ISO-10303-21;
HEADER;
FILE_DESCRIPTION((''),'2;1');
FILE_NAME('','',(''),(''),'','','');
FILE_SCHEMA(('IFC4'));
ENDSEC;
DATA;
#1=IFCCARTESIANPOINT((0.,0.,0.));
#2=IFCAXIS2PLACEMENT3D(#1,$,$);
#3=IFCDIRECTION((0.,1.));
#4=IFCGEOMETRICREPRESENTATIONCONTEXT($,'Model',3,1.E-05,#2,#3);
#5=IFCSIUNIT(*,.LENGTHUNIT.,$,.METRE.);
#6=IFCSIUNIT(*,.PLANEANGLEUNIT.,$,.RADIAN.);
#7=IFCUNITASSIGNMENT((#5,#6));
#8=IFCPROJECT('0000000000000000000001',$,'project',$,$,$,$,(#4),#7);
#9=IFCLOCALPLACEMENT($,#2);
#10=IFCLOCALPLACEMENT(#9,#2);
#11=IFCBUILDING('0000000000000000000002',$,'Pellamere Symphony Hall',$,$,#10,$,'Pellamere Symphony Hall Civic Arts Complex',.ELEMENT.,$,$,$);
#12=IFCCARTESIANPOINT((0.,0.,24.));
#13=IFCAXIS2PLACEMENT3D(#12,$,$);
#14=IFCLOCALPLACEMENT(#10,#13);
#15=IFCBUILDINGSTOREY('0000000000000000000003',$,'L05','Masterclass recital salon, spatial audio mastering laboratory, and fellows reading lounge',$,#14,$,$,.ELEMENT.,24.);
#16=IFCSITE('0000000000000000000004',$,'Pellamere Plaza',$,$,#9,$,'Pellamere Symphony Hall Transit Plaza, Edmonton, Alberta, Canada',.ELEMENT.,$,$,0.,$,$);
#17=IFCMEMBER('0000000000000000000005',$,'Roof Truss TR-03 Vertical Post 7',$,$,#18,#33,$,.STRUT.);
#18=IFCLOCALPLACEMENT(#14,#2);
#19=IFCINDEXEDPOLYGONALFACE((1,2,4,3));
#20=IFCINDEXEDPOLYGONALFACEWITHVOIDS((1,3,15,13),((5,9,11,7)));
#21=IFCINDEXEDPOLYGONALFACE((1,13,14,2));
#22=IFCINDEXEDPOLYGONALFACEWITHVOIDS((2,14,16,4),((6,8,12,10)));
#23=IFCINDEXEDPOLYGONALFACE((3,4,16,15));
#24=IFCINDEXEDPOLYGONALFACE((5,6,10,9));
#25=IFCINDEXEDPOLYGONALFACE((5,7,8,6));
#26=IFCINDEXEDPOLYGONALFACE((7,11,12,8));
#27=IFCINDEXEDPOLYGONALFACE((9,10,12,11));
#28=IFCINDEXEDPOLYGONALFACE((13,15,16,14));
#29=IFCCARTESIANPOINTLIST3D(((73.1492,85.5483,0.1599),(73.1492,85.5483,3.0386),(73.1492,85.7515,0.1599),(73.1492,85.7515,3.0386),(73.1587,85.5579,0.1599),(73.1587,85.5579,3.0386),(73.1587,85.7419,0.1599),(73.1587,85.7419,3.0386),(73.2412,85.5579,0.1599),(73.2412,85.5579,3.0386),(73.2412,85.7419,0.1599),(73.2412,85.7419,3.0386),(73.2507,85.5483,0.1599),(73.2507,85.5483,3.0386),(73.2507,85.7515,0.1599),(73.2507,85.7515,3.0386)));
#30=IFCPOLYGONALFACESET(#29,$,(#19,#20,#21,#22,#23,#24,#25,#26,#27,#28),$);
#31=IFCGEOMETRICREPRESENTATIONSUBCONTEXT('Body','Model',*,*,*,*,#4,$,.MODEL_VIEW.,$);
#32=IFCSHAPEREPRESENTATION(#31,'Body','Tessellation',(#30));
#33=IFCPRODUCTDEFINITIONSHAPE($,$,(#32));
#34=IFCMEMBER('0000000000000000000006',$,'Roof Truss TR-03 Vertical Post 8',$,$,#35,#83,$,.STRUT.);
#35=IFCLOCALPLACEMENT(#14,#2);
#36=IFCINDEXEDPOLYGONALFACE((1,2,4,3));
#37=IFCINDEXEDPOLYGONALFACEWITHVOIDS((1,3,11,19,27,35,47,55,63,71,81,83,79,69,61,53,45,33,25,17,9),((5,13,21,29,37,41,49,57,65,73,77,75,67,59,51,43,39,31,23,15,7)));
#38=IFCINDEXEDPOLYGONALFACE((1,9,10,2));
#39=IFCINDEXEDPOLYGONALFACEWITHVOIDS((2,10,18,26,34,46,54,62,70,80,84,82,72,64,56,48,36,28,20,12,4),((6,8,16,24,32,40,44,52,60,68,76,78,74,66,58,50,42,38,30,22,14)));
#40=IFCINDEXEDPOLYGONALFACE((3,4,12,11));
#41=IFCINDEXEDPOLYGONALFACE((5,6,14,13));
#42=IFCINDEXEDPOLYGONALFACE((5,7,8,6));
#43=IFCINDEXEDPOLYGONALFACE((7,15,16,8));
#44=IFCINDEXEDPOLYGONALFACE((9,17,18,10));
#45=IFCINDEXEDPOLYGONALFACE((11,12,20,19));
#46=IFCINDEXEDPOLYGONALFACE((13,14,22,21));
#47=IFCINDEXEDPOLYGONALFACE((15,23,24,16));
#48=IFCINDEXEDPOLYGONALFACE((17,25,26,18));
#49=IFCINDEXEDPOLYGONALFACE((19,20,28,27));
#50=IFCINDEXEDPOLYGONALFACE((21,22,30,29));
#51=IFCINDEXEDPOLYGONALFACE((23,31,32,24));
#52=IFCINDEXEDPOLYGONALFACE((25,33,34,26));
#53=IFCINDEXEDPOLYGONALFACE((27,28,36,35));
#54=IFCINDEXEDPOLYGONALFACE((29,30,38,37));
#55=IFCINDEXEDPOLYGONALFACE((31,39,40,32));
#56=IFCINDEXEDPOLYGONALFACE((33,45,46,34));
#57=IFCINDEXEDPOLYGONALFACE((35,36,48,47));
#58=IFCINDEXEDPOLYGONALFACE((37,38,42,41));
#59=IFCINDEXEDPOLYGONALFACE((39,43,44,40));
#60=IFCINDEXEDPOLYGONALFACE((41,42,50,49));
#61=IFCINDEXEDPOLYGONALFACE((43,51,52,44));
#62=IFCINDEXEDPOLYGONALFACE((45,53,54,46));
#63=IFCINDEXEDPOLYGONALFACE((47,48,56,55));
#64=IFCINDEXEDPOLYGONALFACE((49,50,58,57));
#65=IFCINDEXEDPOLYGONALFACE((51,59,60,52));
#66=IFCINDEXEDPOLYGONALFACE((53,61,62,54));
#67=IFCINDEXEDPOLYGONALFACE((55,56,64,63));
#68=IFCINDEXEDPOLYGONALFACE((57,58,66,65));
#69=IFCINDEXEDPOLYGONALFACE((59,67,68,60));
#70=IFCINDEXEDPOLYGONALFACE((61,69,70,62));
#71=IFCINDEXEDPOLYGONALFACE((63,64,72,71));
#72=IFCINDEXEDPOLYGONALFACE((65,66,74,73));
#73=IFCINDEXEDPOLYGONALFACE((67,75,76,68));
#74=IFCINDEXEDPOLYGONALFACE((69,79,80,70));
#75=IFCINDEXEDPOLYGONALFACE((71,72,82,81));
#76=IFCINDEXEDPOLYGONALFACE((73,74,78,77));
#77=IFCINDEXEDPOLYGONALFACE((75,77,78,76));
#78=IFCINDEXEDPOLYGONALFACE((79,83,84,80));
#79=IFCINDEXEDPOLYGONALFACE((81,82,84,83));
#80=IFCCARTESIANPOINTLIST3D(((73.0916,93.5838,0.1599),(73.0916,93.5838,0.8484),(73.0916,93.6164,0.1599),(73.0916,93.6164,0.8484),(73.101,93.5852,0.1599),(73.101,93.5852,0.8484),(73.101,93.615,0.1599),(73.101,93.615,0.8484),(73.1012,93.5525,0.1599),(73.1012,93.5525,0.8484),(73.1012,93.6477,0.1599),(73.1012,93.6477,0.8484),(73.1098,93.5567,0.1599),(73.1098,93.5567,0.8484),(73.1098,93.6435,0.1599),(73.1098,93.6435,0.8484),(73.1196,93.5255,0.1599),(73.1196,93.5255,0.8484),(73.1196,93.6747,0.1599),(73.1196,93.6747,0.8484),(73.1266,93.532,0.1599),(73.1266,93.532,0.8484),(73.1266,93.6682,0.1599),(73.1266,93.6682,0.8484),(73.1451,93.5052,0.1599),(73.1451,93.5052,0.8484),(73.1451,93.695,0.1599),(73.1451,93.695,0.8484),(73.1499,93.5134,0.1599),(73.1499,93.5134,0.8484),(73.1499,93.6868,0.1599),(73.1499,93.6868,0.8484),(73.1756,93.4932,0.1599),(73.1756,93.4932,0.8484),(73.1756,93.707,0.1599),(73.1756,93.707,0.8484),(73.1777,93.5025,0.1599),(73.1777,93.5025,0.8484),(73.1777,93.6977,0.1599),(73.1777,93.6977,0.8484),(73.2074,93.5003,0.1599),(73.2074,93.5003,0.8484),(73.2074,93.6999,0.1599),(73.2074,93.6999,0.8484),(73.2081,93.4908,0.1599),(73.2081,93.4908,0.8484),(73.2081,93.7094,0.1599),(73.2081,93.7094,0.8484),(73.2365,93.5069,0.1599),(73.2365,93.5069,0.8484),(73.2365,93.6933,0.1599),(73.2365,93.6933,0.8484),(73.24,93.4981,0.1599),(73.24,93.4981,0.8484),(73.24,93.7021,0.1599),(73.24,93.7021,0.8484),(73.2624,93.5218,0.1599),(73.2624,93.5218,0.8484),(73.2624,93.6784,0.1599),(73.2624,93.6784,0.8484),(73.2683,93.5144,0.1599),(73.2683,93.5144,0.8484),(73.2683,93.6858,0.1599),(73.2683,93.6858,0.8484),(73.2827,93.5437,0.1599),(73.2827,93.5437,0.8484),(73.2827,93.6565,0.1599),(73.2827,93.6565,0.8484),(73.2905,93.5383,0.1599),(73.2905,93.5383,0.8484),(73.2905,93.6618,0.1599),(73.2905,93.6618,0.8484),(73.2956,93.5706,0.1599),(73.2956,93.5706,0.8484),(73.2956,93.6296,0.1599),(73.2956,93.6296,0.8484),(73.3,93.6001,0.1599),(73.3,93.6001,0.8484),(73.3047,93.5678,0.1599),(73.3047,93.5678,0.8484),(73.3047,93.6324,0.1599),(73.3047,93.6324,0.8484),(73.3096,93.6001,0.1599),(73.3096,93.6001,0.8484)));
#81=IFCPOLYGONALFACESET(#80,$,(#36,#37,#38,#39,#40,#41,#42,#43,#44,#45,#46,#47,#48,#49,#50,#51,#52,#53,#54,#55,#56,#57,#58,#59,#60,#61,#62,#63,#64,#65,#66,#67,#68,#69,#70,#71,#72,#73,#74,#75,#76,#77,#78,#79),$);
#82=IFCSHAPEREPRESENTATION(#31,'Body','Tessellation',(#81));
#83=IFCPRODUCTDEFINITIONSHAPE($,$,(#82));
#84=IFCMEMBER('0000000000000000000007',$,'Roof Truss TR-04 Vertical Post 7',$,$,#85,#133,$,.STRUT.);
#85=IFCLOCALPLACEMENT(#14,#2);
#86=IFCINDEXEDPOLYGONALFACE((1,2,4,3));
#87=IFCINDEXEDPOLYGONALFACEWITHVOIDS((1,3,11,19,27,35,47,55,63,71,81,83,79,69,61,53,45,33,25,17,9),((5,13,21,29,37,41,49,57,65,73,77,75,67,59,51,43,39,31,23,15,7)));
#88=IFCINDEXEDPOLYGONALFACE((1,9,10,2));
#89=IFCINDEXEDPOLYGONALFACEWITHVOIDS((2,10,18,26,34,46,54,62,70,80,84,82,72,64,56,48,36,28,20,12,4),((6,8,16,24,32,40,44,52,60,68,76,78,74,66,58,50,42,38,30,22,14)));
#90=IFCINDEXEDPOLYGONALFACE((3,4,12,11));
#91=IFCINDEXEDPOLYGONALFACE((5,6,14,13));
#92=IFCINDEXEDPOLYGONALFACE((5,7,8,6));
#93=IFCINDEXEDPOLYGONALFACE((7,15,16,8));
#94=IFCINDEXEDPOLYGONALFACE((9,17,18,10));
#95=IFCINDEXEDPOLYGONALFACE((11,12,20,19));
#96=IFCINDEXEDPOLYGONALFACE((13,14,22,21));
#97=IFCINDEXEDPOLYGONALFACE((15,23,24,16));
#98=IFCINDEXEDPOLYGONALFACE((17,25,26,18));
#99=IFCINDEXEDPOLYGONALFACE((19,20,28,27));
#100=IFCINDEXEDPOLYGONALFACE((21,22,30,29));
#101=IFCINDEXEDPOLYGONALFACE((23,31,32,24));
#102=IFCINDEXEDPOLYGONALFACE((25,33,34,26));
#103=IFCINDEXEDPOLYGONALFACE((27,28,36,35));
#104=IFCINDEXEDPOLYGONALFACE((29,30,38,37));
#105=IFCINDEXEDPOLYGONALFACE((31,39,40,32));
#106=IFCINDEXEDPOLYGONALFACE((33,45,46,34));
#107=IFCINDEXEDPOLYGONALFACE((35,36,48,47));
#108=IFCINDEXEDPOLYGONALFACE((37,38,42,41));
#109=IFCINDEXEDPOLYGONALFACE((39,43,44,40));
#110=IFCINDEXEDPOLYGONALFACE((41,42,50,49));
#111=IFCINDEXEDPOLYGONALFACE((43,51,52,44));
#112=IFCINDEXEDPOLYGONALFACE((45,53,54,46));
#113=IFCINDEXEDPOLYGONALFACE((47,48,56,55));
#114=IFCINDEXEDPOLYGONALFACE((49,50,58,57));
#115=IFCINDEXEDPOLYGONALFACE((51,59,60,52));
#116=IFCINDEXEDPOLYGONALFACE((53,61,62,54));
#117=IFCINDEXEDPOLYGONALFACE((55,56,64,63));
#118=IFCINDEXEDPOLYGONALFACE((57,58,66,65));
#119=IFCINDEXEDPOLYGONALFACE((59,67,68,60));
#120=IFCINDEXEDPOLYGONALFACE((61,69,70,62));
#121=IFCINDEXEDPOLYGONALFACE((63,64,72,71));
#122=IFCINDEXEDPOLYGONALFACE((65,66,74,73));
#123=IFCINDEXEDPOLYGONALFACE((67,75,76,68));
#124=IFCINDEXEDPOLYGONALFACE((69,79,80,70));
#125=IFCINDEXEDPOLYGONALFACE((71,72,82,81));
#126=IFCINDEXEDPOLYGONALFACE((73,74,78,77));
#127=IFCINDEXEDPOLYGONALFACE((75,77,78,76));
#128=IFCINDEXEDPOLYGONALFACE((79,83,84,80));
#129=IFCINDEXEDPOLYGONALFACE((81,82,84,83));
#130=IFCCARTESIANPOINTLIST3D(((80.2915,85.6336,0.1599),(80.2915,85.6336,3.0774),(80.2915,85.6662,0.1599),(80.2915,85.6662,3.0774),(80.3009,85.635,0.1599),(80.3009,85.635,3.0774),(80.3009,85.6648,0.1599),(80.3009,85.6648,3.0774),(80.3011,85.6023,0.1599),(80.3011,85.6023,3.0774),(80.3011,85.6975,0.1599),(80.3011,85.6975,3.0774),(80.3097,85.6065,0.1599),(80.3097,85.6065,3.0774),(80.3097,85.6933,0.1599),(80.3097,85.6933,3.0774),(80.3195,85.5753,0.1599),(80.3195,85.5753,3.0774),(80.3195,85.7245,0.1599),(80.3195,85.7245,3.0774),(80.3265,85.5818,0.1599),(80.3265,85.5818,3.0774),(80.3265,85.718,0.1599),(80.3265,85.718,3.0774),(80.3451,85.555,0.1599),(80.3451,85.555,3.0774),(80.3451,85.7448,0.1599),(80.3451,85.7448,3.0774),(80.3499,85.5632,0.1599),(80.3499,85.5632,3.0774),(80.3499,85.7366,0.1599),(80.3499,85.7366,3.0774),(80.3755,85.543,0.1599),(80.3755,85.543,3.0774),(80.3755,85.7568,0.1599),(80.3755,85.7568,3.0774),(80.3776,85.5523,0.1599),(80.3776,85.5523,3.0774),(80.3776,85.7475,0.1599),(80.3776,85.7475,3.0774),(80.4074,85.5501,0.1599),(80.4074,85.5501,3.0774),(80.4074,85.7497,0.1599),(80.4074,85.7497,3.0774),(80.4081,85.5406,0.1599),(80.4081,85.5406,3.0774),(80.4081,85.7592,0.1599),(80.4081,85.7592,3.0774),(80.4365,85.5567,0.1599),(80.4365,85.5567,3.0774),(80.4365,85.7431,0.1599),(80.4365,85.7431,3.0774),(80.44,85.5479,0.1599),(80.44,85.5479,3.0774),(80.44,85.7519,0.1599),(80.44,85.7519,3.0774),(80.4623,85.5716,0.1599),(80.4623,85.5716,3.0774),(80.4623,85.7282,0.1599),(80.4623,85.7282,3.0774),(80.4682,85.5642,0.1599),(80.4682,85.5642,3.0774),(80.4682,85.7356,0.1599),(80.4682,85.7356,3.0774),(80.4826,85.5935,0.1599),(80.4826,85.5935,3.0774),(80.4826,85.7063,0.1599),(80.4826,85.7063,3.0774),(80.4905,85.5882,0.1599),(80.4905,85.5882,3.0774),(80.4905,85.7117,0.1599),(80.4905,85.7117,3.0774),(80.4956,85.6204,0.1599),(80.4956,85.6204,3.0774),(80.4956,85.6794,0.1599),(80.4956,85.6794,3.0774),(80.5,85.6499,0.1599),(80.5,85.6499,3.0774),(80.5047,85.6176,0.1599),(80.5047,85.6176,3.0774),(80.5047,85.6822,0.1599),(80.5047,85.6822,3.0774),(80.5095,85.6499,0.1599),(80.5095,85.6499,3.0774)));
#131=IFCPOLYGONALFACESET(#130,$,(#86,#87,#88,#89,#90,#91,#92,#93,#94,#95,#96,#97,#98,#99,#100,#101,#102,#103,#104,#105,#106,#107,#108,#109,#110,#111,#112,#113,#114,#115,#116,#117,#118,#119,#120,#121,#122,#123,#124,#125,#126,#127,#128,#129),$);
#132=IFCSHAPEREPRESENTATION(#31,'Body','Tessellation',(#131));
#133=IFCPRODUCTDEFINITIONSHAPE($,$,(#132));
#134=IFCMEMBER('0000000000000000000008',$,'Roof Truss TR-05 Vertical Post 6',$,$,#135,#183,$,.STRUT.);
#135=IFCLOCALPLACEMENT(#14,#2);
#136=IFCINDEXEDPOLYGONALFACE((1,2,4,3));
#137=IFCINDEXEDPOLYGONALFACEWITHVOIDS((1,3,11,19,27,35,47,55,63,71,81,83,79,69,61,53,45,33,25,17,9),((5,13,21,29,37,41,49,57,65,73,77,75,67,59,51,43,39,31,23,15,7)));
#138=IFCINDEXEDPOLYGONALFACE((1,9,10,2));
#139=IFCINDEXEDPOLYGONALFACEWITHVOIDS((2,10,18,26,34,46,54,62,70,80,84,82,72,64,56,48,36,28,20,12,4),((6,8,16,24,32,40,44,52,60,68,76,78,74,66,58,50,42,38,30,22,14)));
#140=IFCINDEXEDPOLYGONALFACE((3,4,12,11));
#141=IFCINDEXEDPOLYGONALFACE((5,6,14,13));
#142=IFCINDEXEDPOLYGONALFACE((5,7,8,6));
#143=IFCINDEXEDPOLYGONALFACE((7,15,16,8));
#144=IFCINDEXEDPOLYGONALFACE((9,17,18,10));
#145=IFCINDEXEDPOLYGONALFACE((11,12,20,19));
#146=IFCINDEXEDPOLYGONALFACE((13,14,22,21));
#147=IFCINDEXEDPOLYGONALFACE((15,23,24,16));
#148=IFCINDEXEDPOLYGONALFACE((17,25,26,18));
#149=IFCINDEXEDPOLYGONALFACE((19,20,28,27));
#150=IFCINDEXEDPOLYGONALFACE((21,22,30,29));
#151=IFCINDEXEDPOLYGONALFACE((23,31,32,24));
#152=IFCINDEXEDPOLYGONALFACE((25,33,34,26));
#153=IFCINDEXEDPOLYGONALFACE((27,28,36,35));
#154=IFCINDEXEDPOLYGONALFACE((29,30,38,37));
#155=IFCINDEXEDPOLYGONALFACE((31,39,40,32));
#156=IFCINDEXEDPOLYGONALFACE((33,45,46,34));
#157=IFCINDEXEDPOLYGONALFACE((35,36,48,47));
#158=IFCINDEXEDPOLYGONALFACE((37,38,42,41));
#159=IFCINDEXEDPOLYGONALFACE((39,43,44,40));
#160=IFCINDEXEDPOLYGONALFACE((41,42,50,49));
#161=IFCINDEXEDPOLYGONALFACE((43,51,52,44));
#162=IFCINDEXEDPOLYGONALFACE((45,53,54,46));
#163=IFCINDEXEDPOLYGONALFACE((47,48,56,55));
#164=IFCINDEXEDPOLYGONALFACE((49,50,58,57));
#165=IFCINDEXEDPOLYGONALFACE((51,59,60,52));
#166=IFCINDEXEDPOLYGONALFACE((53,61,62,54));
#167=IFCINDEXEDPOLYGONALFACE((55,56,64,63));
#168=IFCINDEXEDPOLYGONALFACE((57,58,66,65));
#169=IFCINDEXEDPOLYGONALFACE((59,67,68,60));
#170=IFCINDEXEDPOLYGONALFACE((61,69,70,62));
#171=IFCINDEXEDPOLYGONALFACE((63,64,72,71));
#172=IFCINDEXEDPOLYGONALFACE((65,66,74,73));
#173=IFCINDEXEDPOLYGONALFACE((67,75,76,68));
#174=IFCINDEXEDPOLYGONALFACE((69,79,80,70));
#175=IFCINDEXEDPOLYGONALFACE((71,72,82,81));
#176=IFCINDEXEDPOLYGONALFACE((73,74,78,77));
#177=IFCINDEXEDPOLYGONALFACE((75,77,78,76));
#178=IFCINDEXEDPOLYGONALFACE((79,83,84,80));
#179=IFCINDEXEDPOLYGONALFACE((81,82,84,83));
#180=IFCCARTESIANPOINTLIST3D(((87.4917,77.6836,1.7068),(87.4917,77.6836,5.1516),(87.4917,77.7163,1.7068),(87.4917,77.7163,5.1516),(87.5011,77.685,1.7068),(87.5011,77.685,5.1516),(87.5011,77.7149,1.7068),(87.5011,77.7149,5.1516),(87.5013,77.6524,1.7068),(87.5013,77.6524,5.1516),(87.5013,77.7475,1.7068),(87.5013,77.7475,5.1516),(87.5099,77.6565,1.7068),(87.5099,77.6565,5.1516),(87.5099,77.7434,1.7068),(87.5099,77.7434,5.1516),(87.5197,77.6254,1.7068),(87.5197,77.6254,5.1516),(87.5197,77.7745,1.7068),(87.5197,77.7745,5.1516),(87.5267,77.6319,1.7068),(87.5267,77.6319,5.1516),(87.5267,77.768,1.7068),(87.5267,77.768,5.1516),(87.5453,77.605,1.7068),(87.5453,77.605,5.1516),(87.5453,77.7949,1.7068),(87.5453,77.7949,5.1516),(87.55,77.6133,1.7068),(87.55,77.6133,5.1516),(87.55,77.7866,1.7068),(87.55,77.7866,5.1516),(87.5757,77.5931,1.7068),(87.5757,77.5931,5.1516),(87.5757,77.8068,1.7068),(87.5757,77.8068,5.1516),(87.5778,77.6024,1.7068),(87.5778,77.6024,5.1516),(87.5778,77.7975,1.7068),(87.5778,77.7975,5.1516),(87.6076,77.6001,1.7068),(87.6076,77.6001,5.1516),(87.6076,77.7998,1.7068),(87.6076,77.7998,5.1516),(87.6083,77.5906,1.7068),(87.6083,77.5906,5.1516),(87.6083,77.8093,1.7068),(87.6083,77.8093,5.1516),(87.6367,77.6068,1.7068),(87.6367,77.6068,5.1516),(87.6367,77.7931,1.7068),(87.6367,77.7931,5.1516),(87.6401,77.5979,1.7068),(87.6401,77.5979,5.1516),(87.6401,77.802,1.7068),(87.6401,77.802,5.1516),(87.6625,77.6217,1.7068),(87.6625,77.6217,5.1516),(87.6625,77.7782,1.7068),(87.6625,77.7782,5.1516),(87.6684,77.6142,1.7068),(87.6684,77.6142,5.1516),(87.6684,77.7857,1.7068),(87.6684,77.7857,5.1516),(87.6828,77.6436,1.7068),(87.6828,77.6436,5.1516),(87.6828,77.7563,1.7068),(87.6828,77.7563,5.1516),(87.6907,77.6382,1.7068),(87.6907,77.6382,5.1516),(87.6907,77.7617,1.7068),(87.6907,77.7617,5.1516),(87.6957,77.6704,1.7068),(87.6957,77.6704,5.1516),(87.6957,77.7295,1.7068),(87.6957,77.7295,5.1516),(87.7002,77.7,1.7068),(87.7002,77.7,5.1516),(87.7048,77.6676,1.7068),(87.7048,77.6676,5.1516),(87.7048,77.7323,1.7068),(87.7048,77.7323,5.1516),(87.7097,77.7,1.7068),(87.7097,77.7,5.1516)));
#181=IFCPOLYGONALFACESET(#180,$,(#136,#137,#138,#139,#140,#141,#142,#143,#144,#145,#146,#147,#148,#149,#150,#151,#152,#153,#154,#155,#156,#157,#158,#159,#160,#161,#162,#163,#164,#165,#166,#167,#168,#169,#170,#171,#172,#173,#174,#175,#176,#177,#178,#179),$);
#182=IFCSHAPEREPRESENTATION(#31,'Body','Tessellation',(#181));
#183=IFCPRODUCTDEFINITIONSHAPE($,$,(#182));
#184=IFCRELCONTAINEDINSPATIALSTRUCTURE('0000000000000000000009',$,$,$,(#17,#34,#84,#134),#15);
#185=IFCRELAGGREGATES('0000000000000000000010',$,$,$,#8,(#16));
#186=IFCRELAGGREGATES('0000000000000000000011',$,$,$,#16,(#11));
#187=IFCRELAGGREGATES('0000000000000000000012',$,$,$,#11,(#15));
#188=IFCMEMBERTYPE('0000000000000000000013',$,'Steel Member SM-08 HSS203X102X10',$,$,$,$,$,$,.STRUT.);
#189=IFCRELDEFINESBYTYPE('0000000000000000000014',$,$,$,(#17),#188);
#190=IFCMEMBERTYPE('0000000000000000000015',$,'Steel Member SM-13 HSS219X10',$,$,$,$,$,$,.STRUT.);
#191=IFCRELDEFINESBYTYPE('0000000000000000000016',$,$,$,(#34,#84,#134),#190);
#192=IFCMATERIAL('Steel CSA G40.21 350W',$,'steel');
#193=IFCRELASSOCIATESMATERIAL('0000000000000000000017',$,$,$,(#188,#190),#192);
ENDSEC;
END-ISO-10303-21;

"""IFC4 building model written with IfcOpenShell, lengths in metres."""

from ifc_helpers import new_model, si_unit, direction, frame, origin, origin_2d, place, context, subcontext, project, spatial, hollow_rectangle, hollow_circle, extrude, material, material_profile, profile_set, type_object, element, save


model = new_model("IFC4")

# Units and contexts
model_context = context("Model", 3, precision=1e-05, world=origin(), true_north=direction((0.0, 1.0)))
body_context = subcontext(model_context, "Body", "Model", "MODEL_VIEW")
ifc_project = project(units=[si_unit("LENGTHUNIT", "METRE"), si_unit("PLANEANGLEUNIT", "RADIAN")], contexts=[model_context])

# Site, building, storey
site_placement = place(None, origin())
site = spatial("IfcSite", under=ifc_project, at=site_placement, Name="Pellamere Plaza", LongName="Pellamere Symphony Hall Transit Plaza, Edmonton, Alberta, Canada", CompositionType="ELEMENT", RefElevation=0.0)
building_placement = place(site_placement, origin())
building = spatial("IfcBuilding", under=site, at=building_placement, Name="Pellamere Symphony Hall", LongName="Pellamere Symphony Hall Civic Arts Complex", CompositionType="ELEMENT")
storey_placement = place(building_placement, frame((0.0, 0.0, 24.0)))
storey = spatial("IfcBuildingStorey", under=building, at=storey_placement, Name="L05", Description="Masterclass recital salon, spatial audio mastering laboratory, and fellows reading lounge", CompositionType="ELEMENT", Elevation=24.0)

# Shared definitions
ifc_material_1 = material(Name="Steel CSA G40.21 350W", Category="steel")

# Members
ifc_material_profile_1 = material_profile(ifc_material_1, hollow_rectangle(XDim=0.1016, YDim=0.2031, WallThickness=0.0095, at=origin_2d()), Name="HSS203X102X10")
ifc_profile_set_1 = profile_set([ifc_material_profile_1], Name="Steel CSA G40.21 350W")
member_type_1 = type_object("IfcMemberType", Name="Steel Member SM-08 HSS203X102X10", PredefinedType="STRUT", material=ifc_profile_set_1)
member_1_placement = place(storey_placement, frame((73.2, 85.6499, 0.1599), z_axis=(0.0, 0.0, 1.0), x_axis=(1.0, 0.0, 0.0)))
element("IfcMember", 1, at=member_1_placement, inside=storey, type_object=member_type_1, Name="Roof Truss TR-03 Vertical Post 7", PredefinedType="STRUT", context=body_context, shape_type="SweptSolid", body=[
    extrude(hollow_rectangle(XDim=0.1016, YDim=0.2031, WallThickness=0.0095, at=origin_2d()), origin(), (0.0, 0.0, 1.0), 2.8787),
])
ifc_material_profile_2 = material_profile(ifc_material_1, hollow_circle(Radius=0.1096, WallThickness=0.0095, at=origin_2d()), Name="HSS219X10")
ifc_profile_set_2 = profile_set([ifc_material_profile_2], Name="Steel CSA G40.21 350W")
member_type_2 = type_object("IfcMemberType", Name="Steel Member SM-13 HSS219X10", PredefinedType="STRUT", material=ifc_profile_set_2)
member_2_placement = place(storey_placement, frame((73.2, 93.6001, 0.1599), z_axis=(0.0, 0.0, 1.0), x_axis=(1.0, 0.0, 0.0)))
element("IfcMember", 2, at=member_2_placement, inside=storey, type_object=member_type_2, Name="Roof Truss TR-03 Vertical Post 8", PredefinedType="STRUT", context=body_context, shape_type="SweptSolid", body=[
    extrude(hollow_circle(Radius=0.1096, WallThickness=0.0095, at=origin_2d()), origin(), (0.0, 0.0, 1.0), 0.6885),
])
member_3_placement = place(storey_placement, frame((80.3999, 85.6499, 0.1599), z_axis=(0.0, 0.0, 1.0), x_axis=(1.0, 0.0, 0.0)))
element("IfcMember", 3, at=member_3_placement, inside=storey, type_object=member_type_2, Name="Roof Truss TR-04 Vertical Post 7", PredefinedType="STRUT", context=body_context, shape_type="SweptSolid", body=[
    extrude(hollow_circle(Radius=0.1096, WallThickness=0.0095, at=origin_2d()), origin(), (0.0, 0.0, 1.0), 2.9175),
])
member_4_placement = place(storey_placement, frame((87.6001, 77.7, 1.7068), z_axis=(0.0, 0.0, 1.0), x_axis=(1.0, 0.0, 0.0)))
element("IfcMember", 4, at=member_4_placement, inside=storey, type_object=member_type_2, Name="Roof Truss TR-05 Vertical Post 6", PredefinedType="STRUT", context=body_context, shape_type="SweptSolid", body=[
    extrude(hollow_circle(Radius=0.1096, WallThickness=0.0095, at=origin_2d()), origin(), (0.0, 0.0, 1.0), 3.4448),
])

save(model, "model.ifc")
